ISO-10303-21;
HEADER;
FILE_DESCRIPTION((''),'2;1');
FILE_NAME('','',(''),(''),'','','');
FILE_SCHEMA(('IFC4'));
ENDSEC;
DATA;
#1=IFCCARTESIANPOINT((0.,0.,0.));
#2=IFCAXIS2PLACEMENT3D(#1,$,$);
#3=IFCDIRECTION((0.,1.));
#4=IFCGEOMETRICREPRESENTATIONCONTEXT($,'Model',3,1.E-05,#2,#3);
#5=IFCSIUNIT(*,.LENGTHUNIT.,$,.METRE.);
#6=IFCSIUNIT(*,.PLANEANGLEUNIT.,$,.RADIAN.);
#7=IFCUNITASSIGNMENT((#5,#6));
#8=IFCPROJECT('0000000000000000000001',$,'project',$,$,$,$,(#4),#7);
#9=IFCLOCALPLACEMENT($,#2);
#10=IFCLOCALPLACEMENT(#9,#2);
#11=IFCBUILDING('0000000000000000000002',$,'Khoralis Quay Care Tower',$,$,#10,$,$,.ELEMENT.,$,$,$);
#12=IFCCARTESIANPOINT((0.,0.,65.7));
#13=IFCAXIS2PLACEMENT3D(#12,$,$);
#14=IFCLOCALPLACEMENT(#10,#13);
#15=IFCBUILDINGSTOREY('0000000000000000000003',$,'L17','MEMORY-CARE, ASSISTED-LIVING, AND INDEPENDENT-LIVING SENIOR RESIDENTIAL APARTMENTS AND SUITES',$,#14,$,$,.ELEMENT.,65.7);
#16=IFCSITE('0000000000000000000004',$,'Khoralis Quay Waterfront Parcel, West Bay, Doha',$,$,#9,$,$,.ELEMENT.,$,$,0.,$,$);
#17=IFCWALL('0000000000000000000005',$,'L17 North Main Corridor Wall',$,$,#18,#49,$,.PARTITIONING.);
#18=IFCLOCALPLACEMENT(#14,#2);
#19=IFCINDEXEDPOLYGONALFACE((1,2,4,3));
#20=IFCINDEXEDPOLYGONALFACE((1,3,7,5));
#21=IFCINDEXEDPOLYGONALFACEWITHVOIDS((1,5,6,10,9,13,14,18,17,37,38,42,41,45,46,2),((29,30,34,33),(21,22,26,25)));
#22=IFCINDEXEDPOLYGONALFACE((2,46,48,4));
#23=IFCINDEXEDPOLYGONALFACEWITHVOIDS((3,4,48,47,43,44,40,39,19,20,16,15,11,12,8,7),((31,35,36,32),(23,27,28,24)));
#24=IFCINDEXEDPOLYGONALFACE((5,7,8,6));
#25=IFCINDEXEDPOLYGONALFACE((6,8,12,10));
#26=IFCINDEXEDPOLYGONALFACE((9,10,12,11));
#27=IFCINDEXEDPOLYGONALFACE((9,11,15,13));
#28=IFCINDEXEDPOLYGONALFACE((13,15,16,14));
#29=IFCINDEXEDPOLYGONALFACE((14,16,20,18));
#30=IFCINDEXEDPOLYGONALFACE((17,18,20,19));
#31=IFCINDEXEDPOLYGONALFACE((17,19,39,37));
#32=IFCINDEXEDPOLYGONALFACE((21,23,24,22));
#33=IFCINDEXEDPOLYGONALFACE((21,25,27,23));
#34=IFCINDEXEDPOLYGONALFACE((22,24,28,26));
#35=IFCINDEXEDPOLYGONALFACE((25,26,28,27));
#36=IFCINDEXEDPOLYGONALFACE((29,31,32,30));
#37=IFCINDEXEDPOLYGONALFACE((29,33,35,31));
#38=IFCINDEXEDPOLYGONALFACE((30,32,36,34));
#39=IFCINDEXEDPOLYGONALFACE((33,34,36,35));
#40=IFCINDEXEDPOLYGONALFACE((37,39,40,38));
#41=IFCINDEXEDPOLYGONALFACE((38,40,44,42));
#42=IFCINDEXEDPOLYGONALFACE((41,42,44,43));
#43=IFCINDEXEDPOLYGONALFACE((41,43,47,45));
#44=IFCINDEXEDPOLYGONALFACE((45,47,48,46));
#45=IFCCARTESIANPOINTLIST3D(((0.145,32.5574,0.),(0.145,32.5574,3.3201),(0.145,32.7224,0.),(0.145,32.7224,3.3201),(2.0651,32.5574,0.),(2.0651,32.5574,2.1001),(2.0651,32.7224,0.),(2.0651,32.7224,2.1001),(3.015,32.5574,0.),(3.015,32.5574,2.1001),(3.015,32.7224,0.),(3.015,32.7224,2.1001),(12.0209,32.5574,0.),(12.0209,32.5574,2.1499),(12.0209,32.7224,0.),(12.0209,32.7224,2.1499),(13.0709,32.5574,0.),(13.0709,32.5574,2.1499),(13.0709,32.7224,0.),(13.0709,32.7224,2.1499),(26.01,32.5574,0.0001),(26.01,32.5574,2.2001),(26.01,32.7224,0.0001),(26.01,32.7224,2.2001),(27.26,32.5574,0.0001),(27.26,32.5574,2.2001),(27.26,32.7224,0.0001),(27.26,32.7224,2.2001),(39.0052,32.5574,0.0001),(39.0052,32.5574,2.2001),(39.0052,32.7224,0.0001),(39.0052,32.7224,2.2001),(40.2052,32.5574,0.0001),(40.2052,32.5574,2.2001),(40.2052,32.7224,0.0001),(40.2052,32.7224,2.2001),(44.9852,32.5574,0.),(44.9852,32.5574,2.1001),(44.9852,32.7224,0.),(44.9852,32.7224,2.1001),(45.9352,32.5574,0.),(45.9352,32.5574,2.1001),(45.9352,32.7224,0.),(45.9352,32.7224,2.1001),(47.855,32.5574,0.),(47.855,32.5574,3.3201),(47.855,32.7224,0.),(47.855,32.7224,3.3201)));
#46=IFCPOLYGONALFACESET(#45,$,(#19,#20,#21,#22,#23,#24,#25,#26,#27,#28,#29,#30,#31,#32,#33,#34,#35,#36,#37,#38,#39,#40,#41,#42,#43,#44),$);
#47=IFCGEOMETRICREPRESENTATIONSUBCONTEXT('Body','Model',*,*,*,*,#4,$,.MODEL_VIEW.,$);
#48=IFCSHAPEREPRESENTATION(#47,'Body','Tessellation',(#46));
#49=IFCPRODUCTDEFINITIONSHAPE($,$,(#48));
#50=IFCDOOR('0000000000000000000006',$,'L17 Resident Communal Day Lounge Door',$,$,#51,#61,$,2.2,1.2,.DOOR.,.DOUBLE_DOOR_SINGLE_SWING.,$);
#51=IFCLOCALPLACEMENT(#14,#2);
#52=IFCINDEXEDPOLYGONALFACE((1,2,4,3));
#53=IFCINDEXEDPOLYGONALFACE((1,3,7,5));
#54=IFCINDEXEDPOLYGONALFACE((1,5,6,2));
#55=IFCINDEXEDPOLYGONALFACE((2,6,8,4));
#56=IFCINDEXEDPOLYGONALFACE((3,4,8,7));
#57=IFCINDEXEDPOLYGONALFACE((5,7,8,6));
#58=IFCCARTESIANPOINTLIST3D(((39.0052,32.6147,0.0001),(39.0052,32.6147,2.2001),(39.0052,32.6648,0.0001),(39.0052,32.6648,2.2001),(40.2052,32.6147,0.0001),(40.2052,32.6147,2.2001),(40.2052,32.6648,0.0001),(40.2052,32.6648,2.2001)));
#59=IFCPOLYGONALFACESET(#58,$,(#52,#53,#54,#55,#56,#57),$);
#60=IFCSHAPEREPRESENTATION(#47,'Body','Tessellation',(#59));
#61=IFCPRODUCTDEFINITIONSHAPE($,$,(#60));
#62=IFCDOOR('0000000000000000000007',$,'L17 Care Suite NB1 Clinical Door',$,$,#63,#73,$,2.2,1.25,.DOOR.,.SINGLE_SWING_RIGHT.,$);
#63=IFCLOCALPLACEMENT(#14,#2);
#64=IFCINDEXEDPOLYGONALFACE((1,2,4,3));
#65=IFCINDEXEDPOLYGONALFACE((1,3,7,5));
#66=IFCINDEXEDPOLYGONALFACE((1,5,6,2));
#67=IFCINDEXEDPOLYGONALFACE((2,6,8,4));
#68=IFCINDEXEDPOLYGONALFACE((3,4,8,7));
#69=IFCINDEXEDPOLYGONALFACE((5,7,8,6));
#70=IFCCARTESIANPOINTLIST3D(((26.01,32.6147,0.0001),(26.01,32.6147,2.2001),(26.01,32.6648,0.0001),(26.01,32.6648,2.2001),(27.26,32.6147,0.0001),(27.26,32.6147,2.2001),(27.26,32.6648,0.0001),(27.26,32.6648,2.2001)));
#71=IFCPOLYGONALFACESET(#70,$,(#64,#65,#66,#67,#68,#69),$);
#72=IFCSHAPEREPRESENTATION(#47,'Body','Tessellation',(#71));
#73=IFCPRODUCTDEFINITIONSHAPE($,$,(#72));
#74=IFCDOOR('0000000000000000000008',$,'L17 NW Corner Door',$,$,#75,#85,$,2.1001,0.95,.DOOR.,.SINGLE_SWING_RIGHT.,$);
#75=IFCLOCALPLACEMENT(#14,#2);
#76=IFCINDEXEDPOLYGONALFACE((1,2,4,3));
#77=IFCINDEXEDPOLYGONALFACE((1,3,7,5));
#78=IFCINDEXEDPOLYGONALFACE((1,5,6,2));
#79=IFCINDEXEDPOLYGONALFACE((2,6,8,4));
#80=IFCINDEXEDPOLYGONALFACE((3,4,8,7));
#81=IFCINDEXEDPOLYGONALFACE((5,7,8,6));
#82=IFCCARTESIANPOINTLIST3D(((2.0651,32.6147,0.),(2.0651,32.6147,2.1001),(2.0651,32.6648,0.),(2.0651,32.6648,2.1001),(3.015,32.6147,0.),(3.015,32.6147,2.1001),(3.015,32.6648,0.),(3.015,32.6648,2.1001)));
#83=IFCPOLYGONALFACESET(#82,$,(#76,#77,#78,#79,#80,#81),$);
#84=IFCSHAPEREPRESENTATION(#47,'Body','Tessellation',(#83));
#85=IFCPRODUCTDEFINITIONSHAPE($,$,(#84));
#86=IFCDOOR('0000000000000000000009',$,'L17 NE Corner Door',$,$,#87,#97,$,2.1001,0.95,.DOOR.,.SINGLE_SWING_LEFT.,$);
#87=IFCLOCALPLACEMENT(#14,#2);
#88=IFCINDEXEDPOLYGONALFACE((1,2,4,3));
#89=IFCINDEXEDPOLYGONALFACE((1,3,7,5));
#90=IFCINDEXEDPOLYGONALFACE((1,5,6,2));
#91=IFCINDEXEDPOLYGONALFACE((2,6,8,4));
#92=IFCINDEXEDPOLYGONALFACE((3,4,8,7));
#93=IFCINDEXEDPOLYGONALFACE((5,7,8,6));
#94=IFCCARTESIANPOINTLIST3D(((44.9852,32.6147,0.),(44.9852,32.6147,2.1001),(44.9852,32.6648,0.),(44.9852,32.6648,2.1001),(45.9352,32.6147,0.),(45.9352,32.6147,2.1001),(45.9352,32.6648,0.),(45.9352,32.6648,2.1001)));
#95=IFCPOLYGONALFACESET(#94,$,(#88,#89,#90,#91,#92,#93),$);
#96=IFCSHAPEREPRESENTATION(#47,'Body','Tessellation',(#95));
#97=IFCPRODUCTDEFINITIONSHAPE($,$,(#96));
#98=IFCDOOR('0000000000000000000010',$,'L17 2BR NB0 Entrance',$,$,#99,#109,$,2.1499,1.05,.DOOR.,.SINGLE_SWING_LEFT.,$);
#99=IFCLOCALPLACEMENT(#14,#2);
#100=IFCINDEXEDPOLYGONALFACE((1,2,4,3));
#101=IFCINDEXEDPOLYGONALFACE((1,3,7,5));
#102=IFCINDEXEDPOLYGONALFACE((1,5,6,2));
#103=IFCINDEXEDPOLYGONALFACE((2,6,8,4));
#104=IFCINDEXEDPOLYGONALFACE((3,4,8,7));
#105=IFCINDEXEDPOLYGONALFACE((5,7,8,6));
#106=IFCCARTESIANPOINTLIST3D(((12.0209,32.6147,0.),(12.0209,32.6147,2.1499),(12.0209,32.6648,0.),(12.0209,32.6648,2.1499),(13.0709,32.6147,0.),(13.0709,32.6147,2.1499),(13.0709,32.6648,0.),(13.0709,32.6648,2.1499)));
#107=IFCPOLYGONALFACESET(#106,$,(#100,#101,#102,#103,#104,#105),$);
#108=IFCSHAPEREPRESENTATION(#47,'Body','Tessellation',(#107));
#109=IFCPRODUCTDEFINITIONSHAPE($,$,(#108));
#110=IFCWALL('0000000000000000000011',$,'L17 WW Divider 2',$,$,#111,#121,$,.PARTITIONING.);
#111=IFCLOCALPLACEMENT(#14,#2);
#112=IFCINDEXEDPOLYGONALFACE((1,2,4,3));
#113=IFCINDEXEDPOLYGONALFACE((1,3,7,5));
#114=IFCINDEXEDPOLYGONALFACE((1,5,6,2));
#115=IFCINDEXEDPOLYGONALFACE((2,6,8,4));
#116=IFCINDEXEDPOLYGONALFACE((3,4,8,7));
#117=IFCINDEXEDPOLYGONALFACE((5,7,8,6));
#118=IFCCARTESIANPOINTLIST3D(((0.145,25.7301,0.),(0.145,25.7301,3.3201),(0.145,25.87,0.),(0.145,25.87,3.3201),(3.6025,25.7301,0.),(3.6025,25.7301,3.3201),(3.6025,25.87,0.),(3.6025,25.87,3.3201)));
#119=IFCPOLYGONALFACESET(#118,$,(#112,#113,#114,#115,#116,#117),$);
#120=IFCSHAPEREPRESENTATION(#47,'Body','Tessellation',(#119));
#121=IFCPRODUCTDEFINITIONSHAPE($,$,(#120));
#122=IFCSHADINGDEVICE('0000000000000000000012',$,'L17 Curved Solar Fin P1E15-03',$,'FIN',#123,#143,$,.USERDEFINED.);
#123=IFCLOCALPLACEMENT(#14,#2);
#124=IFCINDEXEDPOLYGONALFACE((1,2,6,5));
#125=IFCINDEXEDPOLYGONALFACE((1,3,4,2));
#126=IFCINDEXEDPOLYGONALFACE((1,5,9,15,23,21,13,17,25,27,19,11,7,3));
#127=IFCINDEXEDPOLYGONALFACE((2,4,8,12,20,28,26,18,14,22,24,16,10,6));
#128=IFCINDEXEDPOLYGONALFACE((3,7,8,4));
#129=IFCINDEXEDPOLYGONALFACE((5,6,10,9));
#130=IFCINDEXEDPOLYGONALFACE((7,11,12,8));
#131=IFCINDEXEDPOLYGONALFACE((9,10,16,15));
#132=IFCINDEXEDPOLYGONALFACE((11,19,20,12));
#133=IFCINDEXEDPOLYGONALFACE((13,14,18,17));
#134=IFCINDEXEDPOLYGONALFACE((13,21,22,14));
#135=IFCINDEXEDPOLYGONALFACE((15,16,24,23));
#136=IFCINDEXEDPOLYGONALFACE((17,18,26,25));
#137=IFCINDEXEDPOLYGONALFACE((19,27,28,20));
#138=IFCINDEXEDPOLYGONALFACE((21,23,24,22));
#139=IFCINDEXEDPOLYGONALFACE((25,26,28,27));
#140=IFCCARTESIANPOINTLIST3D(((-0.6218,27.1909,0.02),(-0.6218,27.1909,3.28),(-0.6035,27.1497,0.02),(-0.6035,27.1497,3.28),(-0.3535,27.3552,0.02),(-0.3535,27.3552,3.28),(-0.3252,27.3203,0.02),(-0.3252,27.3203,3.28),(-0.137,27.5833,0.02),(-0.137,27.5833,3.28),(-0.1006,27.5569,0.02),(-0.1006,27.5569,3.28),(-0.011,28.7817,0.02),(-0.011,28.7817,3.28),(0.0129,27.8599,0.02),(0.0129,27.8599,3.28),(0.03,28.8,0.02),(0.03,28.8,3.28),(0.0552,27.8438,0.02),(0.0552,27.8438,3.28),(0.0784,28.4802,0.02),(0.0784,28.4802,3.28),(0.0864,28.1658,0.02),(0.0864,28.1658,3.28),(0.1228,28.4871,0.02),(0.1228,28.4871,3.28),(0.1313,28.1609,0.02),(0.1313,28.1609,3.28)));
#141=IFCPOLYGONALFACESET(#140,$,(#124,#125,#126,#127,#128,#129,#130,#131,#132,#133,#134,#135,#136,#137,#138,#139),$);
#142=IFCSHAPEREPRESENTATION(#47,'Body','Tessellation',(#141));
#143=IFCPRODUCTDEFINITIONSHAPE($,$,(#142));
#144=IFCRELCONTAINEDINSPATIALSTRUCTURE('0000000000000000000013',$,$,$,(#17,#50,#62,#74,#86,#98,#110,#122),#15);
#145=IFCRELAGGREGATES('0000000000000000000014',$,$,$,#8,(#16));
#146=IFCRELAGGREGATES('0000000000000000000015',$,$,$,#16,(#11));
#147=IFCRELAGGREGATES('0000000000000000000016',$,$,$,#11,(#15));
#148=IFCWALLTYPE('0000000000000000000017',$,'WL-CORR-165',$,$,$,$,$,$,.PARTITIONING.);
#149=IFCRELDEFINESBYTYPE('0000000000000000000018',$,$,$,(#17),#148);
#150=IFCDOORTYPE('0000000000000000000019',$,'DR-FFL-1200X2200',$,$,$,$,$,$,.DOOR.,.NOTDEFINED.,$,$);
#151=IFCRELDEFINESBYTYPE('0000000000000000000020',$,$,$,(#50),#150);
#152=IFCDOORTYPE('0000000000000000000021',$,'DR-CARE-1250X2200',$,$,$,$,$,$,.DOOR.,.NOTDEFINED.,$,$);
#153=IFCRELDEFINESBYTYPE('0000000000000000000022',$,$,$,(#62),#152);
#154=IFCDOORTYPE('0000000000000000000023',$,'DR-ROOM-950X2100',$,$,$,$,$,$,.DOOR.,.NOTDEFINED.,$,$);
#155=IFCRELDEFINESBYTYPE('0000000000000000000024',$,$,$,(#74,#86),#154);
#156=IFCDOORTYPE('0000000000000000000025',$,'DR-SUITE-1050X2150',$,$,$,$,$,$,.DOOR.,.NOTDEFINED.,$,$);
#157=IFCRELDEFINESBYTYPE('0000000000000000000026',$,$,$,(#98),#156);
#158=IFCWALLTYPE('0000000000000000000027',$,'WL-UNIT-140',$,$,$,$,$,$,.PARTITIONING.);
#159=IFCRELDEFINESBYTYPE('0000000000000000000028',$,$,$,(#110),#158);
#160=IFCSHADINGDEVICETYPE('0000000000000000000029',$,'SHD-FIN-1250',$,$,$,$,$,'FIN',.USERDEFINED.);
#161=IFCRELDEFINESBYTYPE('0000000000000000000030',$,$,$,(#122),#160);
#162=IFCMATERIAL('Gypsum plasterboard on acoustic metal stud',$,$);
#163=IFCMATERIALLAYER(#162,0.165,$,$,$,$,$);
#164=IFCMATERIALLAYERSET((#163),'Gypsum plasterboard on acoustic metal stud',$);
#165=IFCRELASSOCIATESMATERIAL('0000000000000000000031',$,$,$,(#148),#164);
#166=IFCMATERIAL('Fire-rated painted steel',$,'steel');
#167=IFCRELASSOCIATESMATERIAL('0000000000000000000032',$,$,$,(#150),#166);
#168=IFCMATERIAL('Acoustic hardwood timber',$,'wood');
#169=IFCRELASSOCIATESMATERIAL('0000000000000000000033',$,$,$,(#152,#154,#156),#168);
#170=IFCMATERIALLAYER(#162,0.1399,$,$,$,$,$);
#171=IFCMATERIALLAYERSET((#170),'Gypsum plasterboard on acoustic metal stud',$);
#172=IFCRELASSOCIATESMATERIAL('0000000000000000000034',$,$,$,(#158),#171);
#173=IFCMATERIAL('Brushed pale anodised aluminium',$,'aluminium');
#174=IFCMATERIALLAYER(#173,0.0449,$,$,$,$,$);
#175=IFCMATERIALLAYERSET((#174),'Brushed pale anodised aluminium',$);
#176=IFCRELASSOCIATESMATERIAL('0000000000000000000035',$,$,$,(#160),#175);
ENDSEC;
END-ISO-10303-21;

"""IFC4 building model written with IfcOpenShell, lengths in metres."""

from ifc_helpers import new_model, si_unit, direction, frame, frame_2d, origin, place, context, subcontext, project, spatial, polyline, rectangle, outline, extrude, source, transform, mapped, material, layer, layer_set, type_object, element, fill, save


model = new_model("IFC4")

# Units and contexts
model_context = context("Model", 3, precision=1e-05, world=origin(), true_north=direction((0.0, 1.0)))
body_context = subcontext(model_context, "Body", "Model", "MODEL_VIEW")
ifc_project = project(units=[si_unit("LENGTHUNIT", "METRE"), si_unit("PLANEANGLEUNIT", "RADIAN")], contexts=[model_context])

# Site, building, storey
site_placement = place(None, origin())
site = spatial("IfcSite", under=ifc_project, at=site_placement, Name="Khoralis Quay Waterfront Parcel, West Bay, Doha", CompositionType="ELEMENT", RefElevation=0.0)
building_placement = place(site_placement, origin())
building = spatial("IfcBuilding", under=site, at=building_placement, Name="Khoralis Quay Care Tower", CompositionType="ELEMENT")
storey_placement = place(building_placement, frame((0.0, 0.0, 65.7)))
storey = spatial("IfcBuildingStorey", under=building, at=storey_placement, Name="L17", Description="MEMORY-CARE, ASSISTED-LIVING, AND INDEPENDENT-LIVING SENIOR RESIDENTIAL APARTMENTS AND SUITES", CompositionType="ELEMENT", Elevation=65.7)

# Wall, openings, doors
ifc_material_1 = material(Name="Gypsum plasterboard on acoustic metal stud")
ifc_layer_1 = layer(ifc_material_1, 0.165)
ifc_layer_set_1 = layer_set([ifc_layer_1], Name="Gypsum plasterboard on acoustic metal stud")
wall_type_1 = type_object("IfcWallType", Name="WL-CORR-165", PredefinedType="PARTITIONING", material=ifc_layer_set_1)
wall_1_placement = place(storey_placement, frame((0.145, 32.6399, 0.0), z_axis=(0.0, 0.0, 1.0), x_axis=(1.0, 0.0, 0.0)))
wall_1 = element("IfcWall", 1, at=wall_1_placement, inside=storey, type_object=wall_type_1, Name="L17 North Main Corridor Wall", PredefinedType="PARTITIONING", context=body_context, shape_type="SweptSolid", body=[
    extrude(rectangle(XDim=47.71, YDim=0.165, at=frame_2d((23.855, 0.0))), origin(), (0.0, 0.0, 1.0), 3.3201),
])
opening_1_placement = place(wall_1_placement, frame((11.876, 0.0, 0.0)))
opening_1 = element("IfcOpeningElement", 2, at=opening_1_placement, cuts=wall_1, PredefinedType="OPENING", context=body_context, shape_type="SweptSolid", body=[
    extrude(rectangle(XDim=1.05, YDim=2.1499, at=frame_2d((0.5249, 1.075))), frame((0.0, 0.0925, 0.0), z_axis=(0.0, -1.0, 0.0), x_axis=(1.0, 0.0, 0.0)), (0.0, 0.0, 1.0), 0.1851),
])
opening_2_placement = place(wall_1_placement, frame((25.865, 0.0, 0.0)))
opening_2 = element("IfcOpeningElement", 3, at=opening_2_placement, cuts=wall_1, PredefinedType="OPENING", context=body_context, shape_type="SweptSolid", body=[
    extrude(rectangle(XDim=1.25, YDim=2.2, at=frame_2d((0.625, 1.1001))), frame((0.0, 0.0925, 0.0), z_axis=(0.0, -1.0, 0.0), x_axis=(1.0, 0.0, 0.0)), (0.0, 0.0, 1.0), 0.1851),
])
opening_3_placement = place(wall_1_placement, frame((38.8601, 0.0, 0.0)))
opening_3 = element("IfcOpeningElement", 4, at=opening_3_placement, cuts=wall_1, PredefinedType="OPENING", context=body_context, shape_type="SweptSolid", body=[
    extrude(rectangle(XDim=1.2, YDim=2.2, at=frame_2d((0.6001, 1.1001))), frame((0.0, 0.0925, 0.0), z_axis=(0.0, -1.0, 0.0), x_axis=(1.0, 0.0, 0.0)), (0.0, 0.0, 1.0), 0.1851),
])
opening_4_placement = place(wall_1_placement, frame((1.9199, 0.0, 0.0)))
opening_4 = element("IfcOpeningElement", 5, at=opening_4_placement, cuts=wall_1, PredefinedType="OPENING", context=body_context, shape_type="SweptSolid", body=[
    extrude(rectangle(XDim=0.95, YDim=2.1001, at=frame_2d((0.4751, 1.05))), frame((0.0, 0.0925, 0.0), z_axis=(0.0, -1.0, 0.0), x_axis=(1.0, 0.0, 0.0)), (0.0, 0.0, 1.0), 0.1851),
])
opening_5_placement = place(wall_1_placement, frame((44.8401, 0.0, 0.0)))
opening_5 = element("IfcOpeningElement", 6, at=opening_5_placement, cuts=wall_1, PredefinedType="OPENING", context=body_context, shape_type="SweptSolid", body=[
    extrude(rectangle(XDim=0.95, YDim=2.1001, at=frame_2d((0.4751, 1.05))), frame((0.0, 0.0925, 0.0), z_axis=(0.0, -1.0, 0.0), x_axis=(1.0, 0.0, 0.0)), (0.0, 0.0, 1.0), 0.1851),
])
ifc_material_2 = material(Name="Fire-rated painted steel", Category="steel")
door_type_1 = type_object("IfcDoorType", Name="DR-FFL-1200X2200", OperationType="NOTDEFINED", PredefinedType="DOOR", material=ifc_material_2)
shared_shape_1 = source(origin(), body_context, "Body", "SweptSolid", [
    extrude(rectangle(XDim=1.2, YDim=2.2, at=frame_2d((0.6001, 1.1001))), frame((0.0, 0.0249, 0.0), z_axis=(0.0, -1.0, 0.0), x_axis=(1.0, 0.0, 0.0)), (0.0, 0.0, 1.0), 0.05),
])
door_1_placement = place(opening_3_placement, origin())
door_1 = element("IfcDoor", 7, at=door_1_placement, inside=storey, type_object=door_type_1, Name="L17 Resident Communal Day Lounge Door", OperationType="DOUBLE_DOOR_SINGLE_SWING", OverallHeight=2.2, OverallWidth=1.2, PredefinedType="DOOR", context=body_context, shape_type="MappedRepresentation", body=[
    mapped(shared_shape_1, transform((0.0, 0.0, 0.0), scale=1.0)),
])
fill(opening_3, door_1)
ifc_material_3 = material(Name="Acoustic hardwood timber", Category="wood")
door_type_2 = type_object("IfcDoorType", Name="DR-CARE-1250X2200", OperationType="NOTDEFINED", PredefinedType="DOOR", material=ifc_material_3)
shared_shape_2 = source(origin(), body_context, "Body", "SweptSolid", [
    extrude(rectangle(XDim=1.25, YDim=2.2, at=frame_2d((0.625, 1.1001))), frame((0.0, 0.0249, 0.0), z_axis=(0.0, -1.0, 0.0), x_axis=(1.0, 0.0, 0.0)), (0.0, 0.0, 1.0), 0.05),
])
door_2_placement = place(opening_2_placement, origin())
door_2 = element("IfcDoor", 8, at=door_2_placement, inside=storey, type_object=door_type_2, Name="L17 Care Suite NB1 Clinical Door", OperationType="SINGLE_SWING_RIGHT", OverallHeight=2.2, OverallWidth=1.25, PredefinedType="DOOR", context=body_context, shape_type="MappedRepresentation", body=[
    mapped(shared_shape_2, transform((0.0, 0.0, 0.0), scale=1.0)),
])
fill(opening_2, door_2)
door_type_3 = type_object("IfcDoorType", Name="DR-ROOM-950X2100", OperationType="NOTDEFINED", PredefinedType="DOOR", material=ifc_material_3)
shared_shape_3 = source(origin(), body_context, "Body", "SweptSolid", [
    extrude(rectangle(XDim=0.95, YDim=2.1001, at=frame_2d((0.4751, 1.05))), frame((0.0, 0.0249, 0.0), z_axis=(0.0, -1.0, 0.0), x_axis=(1.0, 0.0, 0.0)), (0.0, 0.0, 1.0), 0.05),
])
door_3_placement = place(opening_4_placement, origin())
door_3 = element("IfcDoor", 9, at=door_3_placement, inside=storey, type_object=door_type_3, Name="L17 NW Corner Door", OperationType="SINGLE_SWING_RIGHT", OverallHeight=2.1001, OverallWidth=0.95, PredefinedType="DOOR", context=body_context, shape_type="MappedRepresentation", body=[
    mapped(shared_shape_3, transform((0.0, 0.0, 0.0), scale=1.0)),
])
fill(opening_4, door_3)
door_4_placement = place(opening_5_placement, origin())
door_4 = element("IfcDoor", 10, at=door_4_placement, inside=storey, type_object=door_type_3, Name="L17 NE Corner Door", OperationType="SINGLE_SWING_LEFT", OverallHeight=2.1001, OverallWidth=0.95, PredefinedType="DOOR", context=body_context, shape_type="MappedRepresentation", body=[
    mapped(shared_shape_3, transform((0.0, 0.0, 0.0), scale=1.0)),
])
fill(opening_5, door_4)
door_type_4 = type_object("IfcDoorType", Name="DR-SUITE-1050X2150", OperationType="NOTDEFINED", PredefinedType="DOOR", material=ifc_material_3)
shared_shape_4 = source(origin(), body_context, "Body", "SweptSolid", [
    extrude(rectangle(XDim=1.05, YDim=2.1499, at=frame_2d((0.5249, 1.075))), frame((0.0, 0.0249, 0.0), z_axis=(0.0, -1.0, 0.0), x_axis=(1.0, 0.0, 0.0)), (0.0, 0.0, 1.0), 0.05),
])
door_5_placement = place(opening_1_placement, origin())
door_5 = element("IfcDoor", 11, at=door_5_placement, inside=storey, type_object=door_type_4, Name="L17 2BR NB0 Entrance", OperationType="SINGLE_SWING_LEFT", OverallHeight=2.1499, OverallWidth=1.05, PredefinedType="DOOR", context=body_context, shape_type="MappedRepresentation", body=[
    mapped(shared_shape_4, transform((0.0, 0.0, 0.0), scale=1.0)),
])
fill(opening_1, door_5)

# Wall
ifc_layer_2 = layer(ifc_material_1, 0.1399)
ifc_layer_set_2 = layer_set([ifc_layer_2], Name="Gypsum plasterboard on acoustic metal stud")
wall_type_2 = type_object("IfcWallType", Name="WL-UNIT-140", PredefinedType="PARTITIONING", material=ifc_layer_set_2)
wall_2_placement = place(storey_placement, frame((0.145, 25.8, 0.0), z_axis=(0.0, 0.0, 1.0), x_axis=(1.0, 0.0, 0.0)))
element("IfcWall", 12, at=wall_2_placement, inside=storey, type_object=wall_type_2, Name="L17 WW Divider 2", PredefinedType="PARTITIONING", context=body_context, shape_type="SweptSolid", body=[
    extrude(rectangle(XDim=3.4575, YDim=0.1399, at=frame_2d((1.7288, 0.0))), origin(), (0.0, 0.0, 1.0), 3.3201),
])

# Shading device
ifc_material_4 = material(Name="Brushed pale anodised aluminium", Category="aluminium")
ifc_layer_3 = layer(ifc_material_4, 0.0449)
ifc_layer_set_3 = layer_set([ifc_layer_3], Name="Brushed pale anodised aluminium")
shading_device_type = type_object("IfcShadingDeviceType", Name="SHD-FIN-1250", ElementType="FIN", PredefinedType="USERDEFINED", material=ifc_layer_set_3)
shared_shape_5 = source(origin(), body_context, "Body", "SweptSolid", [
    extrude(outline(polyline([(0.0, 0.0), (-0.0928, 0.313), (-0.1013, 0.6392), (-0.0251, 0.9563), (0.1306, 1.2432), (0.3552, 1.4797), (0.6335, 1.6504), (0.6519, 1.6091), (0.3835, 1.4448), (0.167, 1.2168), (0.0171, 0.9402), (-0.0564, 0.6343), (-0.0483, 0.3198), (0.041, 0.0183), (0.0, 0.0)])), origin(), (0.0, 0.0, 1.0), 3.26),
])
for number, where, z_axis, x_axis, name in (
    (13, (0.03, 28.8, 0.02), (0.0, 0.0, 1.0), (-1.0, 0.0, 0.0), "L17 Curved Solar Fin P1E15-03"),
):
    element("IfcShadingDevice", number, at=place(storey_placement, frame(where, z_axis=z_axis, x_axis=x_axis)), inside=storey, type_object=shading_device_type, Name=name, ObjectType="FIN", PredefinedType="USERDEFINED", context=body_context, shape_type="MappedRepresentation", body=[
        mapped(shared_shape_5, transform((0.0, 0.0, 0.0), scale=1.0)),
    ])

save(model, "model.ifc")
